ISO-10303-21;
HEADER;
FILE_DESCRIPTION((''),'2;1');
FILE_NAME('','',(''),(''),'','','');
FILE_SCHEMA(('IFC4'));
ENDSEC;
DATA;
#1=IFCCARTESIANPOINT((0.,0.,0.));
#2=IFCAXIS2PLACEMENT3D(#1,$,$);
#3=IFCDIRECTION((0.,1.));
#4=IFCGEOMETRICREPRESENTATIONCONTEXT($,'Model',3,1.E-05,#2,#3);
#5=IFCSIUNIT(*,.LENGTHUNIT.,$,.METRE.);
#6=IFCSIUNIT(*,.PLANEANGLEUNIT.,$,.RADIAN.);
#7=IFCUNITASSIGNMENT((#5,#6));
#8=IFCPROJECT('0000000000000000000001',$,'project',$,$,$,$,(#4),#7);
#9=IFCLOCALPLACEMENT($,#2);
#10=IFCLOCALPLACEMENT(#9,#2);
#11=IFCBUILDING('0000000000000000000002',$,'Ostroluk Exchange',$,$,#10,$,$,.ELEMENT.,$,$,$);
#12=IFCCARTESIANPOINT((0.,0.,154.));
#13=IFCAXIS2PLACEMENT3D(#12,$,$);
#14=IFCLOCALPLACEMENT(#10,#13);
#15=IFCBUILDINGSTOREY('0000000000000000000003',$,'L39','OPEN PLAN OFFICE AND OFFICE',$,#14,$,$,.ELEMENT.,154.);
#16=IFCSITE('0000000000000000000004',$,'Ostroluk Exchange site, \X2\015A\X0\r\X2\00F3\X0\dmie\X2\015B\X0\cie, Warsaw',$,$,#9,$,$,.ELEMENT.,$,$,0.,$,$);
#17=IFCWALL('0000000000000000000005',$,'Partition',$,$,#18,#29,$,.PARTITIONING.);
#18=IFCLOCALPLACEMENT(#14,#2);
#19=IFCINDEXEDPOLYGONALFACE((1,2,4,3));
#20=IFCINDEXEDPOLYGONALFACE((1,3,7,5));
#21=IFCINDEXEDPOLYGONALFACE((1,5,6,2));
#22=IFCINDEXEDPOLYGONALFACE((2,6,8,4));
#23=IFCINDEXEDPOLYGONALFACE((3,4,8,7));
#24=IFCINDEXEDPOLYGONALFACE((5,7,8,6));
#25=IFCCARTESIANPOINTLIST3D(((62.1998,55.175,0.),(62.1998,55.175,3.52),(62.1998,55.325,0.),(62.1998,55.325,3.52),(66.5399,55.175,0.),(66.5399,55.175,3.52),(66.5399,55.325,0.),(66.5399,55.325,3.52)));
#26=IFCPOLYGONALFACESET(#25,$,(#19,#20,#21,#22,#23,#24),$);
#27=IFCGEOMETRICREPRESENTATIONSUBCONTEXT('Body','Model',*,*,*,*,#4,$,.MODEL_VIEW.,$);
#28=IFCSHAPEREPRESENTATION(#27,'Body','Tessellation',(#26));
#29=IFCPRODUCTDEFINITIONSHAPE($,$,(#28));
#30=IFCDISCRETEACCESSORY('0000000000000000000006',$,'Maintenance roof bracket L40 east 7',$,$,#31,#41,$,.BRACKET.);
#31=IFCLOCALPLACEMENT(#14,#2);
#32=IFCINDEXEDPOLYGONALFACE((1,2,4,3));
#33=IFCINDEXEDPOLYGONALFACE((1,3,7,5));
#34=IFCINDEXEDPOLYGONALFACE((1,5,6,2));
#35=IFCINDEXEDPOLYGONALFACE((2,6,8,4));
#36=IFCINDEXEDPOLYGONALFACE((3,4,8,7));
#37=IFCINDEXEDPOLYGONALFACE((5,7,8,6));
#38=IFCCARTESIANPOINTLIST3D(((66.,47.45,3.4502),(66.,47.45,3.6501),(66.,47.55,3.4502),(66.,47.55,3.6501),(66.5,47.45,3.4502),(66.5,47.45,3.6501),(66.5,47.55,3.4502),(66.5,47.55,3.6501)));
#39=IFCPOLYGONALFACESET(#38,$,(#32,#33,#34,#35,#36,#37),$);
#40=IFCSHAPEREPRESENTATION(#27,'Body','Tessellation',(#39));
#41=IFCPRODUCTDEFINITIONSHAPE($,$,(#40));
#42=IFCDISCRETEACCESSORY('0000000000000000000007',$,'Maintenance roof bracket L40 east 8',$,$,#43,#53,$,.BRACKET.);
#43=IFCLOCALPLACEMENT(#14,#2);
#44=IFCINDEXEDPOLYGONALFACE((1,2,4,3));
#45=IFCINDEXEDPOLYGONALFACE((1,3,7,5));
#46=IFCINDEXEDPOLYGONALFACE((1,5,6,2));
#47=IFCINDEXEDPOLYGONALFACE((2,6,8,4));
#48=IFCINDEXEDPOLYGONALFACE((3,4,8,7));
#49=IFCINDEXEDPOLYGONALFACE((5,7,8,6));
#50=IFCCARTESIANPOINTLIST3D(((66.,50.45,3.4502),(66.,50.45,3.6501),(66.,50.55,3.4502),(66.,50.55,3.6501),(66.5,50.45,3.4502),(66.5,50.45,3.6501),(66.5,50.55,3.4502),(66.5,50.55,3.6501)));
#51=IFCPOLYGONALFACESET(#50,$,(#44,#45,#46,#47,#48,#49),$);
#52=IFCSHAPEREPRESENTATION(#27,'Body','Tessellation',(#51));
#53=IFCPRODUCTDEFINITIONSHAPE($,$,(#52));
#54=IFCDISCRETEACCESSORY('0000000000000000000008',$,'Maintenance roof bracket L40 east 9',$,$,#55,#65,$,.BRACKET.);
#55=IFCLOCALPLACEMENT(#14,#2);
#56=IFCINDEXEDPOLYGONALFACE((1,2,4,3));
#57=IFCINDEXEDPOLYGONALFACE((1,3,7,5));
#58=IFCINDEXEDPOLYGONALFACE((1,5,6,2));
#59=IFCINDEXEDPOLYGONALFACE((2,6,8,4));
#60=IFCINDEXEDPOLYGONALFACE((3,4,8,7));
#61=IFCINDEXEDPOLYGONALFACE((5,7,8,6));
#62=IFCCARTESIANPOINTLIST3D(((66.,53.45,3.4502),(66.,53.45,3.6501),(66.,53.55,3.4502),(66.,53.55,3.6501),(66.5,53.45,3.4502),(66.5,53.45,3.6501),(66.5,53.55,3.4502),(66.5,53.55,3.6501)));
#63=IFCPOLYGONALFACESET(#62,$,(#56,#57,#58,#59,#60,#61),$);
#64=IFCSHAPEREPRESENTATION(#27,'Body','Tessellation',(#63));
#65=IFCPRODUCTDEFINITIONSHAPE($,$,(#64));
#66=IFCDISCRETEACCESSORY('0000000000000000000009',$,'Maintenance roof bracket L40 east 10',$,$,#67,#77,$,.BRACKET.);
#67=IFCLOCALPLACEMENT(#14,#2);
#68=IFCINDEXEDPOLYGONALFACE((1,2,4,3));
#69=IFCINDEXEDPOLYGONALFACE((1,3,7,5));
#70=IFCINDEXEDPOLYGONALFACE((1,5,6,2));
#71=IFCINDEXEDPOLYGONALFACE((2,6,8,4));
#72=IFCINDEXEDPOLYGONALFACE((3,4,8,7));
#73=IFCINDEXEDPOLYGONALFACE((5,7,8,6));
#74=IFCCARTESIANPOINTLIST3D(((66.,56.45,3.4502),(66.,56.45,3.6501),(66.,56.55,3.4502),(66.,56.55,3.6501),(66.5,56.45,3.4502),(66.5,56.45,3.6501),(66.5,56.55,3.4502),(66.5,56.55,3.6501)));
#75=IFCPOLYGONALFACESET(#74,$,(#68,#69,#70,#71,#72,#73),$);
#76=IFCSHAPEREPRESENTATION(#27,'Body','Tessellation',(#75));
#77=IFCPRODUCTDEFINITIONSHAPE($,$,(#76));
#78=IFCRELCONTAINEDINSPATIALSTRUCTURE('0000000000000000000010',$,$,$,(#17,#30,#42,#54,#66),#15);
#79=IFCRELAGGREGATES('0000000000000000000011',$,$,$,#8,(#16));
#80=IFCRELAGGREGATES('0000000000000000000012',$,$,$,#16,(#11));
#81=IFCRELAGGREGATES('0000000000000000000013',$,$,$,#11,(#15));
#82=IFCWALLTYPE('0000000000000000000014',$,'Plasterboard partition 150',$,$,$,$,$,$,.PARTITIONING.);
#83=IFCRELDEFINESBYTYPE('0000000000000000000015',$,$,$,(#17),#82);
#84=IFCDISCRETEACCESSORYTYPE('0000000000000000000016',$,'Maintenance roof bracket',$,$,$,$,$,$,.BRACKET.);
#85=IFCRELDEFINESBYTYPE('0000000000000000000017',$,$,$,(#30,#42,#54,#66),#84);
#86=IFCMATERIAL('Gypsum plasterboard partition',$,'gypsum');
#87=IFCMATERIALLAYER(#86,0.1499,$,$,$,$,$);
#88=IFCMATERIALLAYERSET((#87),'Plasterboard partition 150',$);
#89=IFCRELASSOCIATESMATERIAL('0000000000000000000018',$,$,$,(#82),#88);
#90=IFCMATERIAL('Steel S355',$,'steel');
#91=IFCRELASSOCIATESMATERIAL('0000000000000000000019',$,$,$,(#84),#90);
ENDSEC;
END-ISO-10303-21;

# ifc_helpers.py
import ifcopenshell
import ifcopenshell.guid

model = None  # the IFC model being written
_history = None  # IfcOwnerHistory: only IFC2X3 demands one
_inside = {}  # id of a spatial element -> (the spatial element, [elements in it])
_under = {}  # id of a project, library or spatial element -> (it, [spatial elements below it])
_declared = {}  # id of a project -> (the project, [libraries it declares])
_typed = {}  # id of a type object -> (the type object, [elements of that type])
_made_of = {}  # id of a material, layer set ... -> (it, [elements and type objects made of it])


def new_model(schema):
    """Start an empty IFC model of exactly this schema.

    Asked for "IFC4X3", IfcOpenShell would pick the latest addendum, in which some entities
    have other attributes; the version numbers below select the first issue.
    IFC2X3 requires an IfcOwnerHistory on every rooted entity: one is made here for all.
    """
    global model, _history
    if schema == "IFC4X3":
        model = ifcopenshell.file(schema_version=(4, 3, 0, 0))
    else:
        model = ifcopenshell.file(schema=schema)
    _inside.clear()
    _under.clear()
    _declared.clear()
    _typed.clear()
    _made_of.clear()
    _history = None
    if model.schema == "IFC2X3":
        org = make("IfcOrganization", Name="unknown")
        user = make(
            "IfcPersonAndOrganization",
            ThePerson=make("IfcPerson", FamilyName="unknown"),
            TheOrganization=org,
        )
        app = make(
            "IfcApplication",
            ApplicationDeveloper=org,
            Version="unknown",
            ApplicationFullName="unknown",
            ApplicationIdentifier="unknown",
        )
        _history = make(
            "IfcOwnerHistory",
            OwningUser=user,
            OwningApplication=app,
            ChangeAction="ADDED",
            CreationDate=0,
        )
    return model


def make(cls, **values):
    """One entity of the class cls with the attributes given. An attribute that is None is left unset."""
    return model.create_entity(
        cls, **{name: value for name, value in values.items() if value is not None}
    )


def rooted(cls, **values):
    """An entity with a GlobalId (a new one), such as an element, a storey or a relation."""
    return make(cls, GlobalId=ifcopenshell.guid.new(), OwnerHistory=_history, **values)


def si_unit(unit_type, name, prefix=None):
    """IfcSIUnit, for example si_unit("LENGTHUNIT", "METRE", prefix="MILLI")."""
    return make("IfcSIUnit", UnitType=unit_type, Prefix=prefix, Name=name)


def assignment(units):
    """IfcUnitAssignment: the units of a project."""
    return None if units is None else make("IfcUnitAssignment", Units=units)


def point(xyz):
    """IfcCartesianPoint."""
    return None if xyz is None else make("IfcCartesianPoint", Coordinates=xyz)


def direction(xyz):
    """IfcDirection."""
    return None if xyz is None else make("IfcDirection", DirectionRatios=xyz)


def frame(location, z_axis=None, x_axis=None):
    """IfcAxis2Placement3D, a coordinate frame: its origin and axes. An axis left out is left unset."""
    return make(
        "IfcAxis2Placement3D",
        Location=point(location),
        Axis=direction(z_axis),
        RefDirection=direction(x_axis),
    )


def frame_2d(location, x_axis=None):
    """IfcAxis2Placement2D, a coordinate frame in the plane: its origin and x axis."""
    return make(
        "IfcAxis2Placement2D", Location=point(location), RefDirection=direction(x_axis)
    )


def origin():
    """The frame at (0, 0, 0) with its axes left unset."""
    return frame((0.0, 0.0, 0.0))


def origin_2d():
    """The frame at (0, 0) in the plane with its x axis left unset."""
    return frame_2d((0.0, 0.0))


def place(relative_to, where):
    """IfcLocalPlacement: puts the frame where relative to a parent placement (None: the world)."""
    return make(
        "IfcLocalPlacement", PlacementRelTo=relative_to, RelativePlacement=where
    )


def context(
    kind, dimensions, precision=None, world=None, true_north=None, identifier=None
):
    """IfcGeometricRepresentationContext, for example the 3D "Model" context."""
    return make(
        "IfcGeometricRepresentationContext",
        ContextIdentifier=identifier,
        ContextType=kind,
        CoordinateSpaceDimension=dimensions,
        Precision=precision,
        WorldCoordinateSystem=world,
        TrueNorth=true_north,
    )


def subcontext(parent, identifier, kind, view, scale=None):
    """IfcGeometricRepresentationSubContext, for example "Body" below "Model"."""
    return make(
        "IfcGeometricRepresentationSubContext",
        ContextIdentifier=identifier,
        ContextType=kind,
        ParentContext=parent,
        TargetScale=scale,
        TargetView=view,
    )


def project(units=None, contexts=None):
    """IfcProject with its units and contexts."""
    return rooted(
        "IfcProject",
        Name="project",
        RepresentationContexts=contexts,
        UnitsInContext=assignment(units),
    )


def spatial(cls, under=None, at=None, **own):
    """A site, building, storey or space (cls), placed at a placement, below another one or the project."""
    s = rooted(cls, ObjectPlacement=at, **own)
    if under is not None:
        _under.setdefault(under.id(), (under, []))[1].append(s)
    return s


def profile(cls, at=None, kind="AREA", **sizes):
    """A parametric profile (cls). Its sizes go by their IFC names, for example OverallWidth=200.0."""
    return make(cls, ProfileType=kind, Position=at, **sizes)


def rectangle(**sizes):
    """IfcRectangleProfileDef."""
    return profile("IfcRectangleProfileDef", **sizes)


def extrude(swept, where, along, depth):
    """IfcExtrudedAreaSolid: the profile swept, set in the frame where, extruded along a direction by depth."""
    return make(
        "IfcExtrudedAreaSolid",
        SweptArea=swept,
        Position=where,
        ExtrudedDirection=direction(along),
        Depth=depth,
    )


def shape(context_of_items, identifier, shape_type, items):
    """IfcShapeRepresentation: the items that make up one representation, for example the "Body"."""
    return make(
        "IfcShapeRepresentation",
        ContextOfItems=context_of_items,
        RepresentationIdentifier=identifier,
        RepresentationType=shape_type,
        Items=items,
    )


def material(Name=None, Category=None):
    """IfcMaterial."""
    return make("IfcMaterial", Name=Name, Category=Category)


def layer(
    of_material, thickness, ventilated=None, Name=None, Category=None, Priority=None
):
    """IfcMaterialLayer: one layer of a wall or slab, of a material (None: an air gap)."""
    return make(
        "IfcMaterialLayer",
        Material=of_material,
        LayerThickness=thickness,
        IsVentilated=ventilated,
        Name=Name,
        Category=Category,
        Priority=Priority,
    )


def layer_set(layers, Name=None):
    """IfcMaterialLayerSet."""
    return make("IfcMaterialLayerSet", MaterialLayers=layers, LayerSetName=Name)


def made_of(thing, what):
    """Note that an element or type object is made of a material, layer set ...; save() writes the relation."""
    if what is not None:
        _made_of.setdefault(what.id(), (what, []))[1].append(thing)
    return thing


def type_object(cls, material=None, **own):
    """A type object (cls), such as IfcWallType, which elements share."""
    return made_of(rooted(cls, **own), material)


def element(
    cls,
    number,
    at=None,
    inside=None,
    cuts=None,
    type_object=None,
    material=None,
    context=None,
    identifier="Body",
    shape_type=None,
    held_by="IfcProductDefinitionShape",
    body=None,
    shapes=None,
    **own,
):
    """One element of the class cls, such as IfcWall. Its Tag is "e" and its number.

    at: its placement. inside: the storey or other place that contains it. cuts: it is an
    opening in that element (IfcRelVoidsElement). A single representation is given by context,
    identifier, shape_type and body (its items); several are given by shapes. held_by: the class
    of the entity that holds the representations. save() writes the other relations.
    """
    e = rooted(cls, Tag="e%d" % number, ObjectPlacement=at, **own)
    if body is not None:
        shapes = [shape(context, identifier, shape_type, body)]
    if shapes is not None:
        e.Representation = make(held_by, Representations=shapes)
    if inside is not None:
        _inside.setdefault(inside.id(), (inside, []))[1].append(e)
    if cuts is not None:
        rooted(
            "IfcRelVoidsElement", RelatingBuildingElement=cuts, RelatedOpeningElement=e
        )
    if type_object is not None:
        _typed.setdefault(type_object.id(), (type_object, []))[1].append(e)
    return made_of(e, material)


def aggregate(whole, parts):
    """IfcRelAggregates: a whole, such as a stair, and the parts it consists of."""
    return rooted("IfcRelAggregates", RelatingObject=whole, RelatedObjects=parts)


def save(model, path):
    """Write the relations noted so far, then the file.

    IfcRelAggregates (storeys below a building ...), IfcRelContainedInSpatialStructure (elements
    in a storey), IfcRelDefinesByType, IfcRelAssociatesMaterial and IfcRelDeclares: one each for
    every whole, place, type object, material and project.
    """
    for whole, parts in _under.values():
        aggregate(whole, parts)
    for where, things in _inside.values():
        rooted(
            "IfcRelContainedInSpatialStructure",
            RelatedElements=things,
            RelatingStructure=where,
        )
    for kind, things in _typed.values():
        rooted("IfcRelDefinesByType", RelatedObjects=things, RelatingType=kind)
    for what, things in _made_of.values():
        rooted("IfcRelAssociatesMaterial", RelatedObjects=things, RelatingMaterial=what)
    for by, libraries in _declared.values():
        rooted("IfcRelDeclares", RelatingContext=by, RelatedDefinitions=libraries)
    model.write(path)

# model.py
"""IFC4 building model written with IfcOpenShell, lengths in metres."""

from ifc_helpers import new_model, si_unit, direction, frame, frame_2d, origin, origin_2d, place, context, subcontext, project, spatial, rectangle, extrude, material, layer, layer_set, type_object, element, save


model = new_model("IFC4")

# Units and contexts
model_context = context("Model", 3, precision=1e-05, world=origin(), true_north=direction((0.0, 1.0)))
body_context = subcontext(model_context, "Body", "Model", "MODEL_VIEW")
ifc_project = project(units=[si_unit("LENGTHUNIT", "METRE"), si_unit("PLANEANGLEUNIT", "RADIAN")], contexts=[model_context])

# Site, building, storey
site_placement = place(None, origin())
site = spatial("IfcSite", under=ifc_project, at=site_placement, Name="Ostroluk Exchange site, Śródmieście, Warsaw", CompositionType="ELEMENT", RefElevation=0.0)
building_placement = place(site_placement, origin())
building = spatial("IfcBuilding", under=site, at=building_placement, Name="Ostroluk Exchange", CompositionType="ELEMENT")
storey_placement = place(building_placement, frame((0.0, 0.0, 154.0)))
storey = spatial("IfcBuildingStorey", under=building, at=storey_placement, Name="L39", Description="OPEN PLAN OFFICE AND OFFICE", CompositionType="ELEMENT", Elevation=154.0)

# Wall
ifc_material_1 = material(Name="Gypsum plasterboard partition", Category="gypsum")
ifc_layer_1 = layer(ifc_material_1, 0.1499)
ifc_layer_set_1 = layer_set([ifc_layer_1], Name="Plasterboard partition 150")
wall_type = type_object("IfcWallType", Name="Plasterboard partition 150", PredefinedType="PARTITIONING", material=ifc_layer_set_1)
wall_1_placement = place(storey_placement, frame((62.2, 55.25, 0.0), z_axis=(0.0, 0.0, 1.0), x_axis=(1.0, 0.0, 0.0)))
element("IfcWall", 1, at=wall_1_placement, inside=storey, type_object=wall_type, Name="Partition", PredefinedType="PARTITIONING", context=body_context, shape_type="SweptSolid", body=[
    extrude(rectangle(XDim=4.3401, YDim=0.1499, at=frame_2d((2.1699, 0.0))), origin(), (0.0, 0.0, 1.0), 3.52),
])

# Discrete accessories
ifc_material_2 = material(Name="Steel S355", Category="steel")
discrete_accessory_type = type_object("IfcDiscreteAccessoryType", Name="Maintenance roof bracket", PredefinedType="BRACKET", material=ifc_material_2)
for number, where, z_axis, x_axis, name in (
    (2, (66.25, 47.5, 3.4502), (0.0, 0.0, 1.0), (1.0, 0.0, 0.0), "Maintenance roof bracket L40 east 7"),
    (3, (66.25, 50.5, 3.4502), (0.0, 0.0, 1.0), (1.0, 0.0, 0.0), "Maintenance roof bracket L40 east 8"),
    (4, (66.25, 53.5, 3.4502), (0.0, 0.0, 1.0), (1.0, 0.0, 0.0), "Maintenance roof bracket L40 east 9"),
    (5, (66.25, 56.5, 3.4502), (0.0, 0.0, 1.0), (1.0, 0.0, 0.0), "Maintenance roof bracket L40 east 10"),
):
    element("IfcDiscreteAccessory", number, at=place(storey_placement, frame(where, z_axis=z_axis, x_axis=x_axis)), inside=storey, type_object=discrete_accessory_type, Name=name, PredefinedType="BRACKET", context=body_context, shape_type="SweptSolid", body=[
        extrude(rectangle(XDim=0.5, YDim=0.1001, at=origin_2d()), origin(), (0.0, 0.0, 1.0), 0.2),
    ])

save(model, "model.ifc")
